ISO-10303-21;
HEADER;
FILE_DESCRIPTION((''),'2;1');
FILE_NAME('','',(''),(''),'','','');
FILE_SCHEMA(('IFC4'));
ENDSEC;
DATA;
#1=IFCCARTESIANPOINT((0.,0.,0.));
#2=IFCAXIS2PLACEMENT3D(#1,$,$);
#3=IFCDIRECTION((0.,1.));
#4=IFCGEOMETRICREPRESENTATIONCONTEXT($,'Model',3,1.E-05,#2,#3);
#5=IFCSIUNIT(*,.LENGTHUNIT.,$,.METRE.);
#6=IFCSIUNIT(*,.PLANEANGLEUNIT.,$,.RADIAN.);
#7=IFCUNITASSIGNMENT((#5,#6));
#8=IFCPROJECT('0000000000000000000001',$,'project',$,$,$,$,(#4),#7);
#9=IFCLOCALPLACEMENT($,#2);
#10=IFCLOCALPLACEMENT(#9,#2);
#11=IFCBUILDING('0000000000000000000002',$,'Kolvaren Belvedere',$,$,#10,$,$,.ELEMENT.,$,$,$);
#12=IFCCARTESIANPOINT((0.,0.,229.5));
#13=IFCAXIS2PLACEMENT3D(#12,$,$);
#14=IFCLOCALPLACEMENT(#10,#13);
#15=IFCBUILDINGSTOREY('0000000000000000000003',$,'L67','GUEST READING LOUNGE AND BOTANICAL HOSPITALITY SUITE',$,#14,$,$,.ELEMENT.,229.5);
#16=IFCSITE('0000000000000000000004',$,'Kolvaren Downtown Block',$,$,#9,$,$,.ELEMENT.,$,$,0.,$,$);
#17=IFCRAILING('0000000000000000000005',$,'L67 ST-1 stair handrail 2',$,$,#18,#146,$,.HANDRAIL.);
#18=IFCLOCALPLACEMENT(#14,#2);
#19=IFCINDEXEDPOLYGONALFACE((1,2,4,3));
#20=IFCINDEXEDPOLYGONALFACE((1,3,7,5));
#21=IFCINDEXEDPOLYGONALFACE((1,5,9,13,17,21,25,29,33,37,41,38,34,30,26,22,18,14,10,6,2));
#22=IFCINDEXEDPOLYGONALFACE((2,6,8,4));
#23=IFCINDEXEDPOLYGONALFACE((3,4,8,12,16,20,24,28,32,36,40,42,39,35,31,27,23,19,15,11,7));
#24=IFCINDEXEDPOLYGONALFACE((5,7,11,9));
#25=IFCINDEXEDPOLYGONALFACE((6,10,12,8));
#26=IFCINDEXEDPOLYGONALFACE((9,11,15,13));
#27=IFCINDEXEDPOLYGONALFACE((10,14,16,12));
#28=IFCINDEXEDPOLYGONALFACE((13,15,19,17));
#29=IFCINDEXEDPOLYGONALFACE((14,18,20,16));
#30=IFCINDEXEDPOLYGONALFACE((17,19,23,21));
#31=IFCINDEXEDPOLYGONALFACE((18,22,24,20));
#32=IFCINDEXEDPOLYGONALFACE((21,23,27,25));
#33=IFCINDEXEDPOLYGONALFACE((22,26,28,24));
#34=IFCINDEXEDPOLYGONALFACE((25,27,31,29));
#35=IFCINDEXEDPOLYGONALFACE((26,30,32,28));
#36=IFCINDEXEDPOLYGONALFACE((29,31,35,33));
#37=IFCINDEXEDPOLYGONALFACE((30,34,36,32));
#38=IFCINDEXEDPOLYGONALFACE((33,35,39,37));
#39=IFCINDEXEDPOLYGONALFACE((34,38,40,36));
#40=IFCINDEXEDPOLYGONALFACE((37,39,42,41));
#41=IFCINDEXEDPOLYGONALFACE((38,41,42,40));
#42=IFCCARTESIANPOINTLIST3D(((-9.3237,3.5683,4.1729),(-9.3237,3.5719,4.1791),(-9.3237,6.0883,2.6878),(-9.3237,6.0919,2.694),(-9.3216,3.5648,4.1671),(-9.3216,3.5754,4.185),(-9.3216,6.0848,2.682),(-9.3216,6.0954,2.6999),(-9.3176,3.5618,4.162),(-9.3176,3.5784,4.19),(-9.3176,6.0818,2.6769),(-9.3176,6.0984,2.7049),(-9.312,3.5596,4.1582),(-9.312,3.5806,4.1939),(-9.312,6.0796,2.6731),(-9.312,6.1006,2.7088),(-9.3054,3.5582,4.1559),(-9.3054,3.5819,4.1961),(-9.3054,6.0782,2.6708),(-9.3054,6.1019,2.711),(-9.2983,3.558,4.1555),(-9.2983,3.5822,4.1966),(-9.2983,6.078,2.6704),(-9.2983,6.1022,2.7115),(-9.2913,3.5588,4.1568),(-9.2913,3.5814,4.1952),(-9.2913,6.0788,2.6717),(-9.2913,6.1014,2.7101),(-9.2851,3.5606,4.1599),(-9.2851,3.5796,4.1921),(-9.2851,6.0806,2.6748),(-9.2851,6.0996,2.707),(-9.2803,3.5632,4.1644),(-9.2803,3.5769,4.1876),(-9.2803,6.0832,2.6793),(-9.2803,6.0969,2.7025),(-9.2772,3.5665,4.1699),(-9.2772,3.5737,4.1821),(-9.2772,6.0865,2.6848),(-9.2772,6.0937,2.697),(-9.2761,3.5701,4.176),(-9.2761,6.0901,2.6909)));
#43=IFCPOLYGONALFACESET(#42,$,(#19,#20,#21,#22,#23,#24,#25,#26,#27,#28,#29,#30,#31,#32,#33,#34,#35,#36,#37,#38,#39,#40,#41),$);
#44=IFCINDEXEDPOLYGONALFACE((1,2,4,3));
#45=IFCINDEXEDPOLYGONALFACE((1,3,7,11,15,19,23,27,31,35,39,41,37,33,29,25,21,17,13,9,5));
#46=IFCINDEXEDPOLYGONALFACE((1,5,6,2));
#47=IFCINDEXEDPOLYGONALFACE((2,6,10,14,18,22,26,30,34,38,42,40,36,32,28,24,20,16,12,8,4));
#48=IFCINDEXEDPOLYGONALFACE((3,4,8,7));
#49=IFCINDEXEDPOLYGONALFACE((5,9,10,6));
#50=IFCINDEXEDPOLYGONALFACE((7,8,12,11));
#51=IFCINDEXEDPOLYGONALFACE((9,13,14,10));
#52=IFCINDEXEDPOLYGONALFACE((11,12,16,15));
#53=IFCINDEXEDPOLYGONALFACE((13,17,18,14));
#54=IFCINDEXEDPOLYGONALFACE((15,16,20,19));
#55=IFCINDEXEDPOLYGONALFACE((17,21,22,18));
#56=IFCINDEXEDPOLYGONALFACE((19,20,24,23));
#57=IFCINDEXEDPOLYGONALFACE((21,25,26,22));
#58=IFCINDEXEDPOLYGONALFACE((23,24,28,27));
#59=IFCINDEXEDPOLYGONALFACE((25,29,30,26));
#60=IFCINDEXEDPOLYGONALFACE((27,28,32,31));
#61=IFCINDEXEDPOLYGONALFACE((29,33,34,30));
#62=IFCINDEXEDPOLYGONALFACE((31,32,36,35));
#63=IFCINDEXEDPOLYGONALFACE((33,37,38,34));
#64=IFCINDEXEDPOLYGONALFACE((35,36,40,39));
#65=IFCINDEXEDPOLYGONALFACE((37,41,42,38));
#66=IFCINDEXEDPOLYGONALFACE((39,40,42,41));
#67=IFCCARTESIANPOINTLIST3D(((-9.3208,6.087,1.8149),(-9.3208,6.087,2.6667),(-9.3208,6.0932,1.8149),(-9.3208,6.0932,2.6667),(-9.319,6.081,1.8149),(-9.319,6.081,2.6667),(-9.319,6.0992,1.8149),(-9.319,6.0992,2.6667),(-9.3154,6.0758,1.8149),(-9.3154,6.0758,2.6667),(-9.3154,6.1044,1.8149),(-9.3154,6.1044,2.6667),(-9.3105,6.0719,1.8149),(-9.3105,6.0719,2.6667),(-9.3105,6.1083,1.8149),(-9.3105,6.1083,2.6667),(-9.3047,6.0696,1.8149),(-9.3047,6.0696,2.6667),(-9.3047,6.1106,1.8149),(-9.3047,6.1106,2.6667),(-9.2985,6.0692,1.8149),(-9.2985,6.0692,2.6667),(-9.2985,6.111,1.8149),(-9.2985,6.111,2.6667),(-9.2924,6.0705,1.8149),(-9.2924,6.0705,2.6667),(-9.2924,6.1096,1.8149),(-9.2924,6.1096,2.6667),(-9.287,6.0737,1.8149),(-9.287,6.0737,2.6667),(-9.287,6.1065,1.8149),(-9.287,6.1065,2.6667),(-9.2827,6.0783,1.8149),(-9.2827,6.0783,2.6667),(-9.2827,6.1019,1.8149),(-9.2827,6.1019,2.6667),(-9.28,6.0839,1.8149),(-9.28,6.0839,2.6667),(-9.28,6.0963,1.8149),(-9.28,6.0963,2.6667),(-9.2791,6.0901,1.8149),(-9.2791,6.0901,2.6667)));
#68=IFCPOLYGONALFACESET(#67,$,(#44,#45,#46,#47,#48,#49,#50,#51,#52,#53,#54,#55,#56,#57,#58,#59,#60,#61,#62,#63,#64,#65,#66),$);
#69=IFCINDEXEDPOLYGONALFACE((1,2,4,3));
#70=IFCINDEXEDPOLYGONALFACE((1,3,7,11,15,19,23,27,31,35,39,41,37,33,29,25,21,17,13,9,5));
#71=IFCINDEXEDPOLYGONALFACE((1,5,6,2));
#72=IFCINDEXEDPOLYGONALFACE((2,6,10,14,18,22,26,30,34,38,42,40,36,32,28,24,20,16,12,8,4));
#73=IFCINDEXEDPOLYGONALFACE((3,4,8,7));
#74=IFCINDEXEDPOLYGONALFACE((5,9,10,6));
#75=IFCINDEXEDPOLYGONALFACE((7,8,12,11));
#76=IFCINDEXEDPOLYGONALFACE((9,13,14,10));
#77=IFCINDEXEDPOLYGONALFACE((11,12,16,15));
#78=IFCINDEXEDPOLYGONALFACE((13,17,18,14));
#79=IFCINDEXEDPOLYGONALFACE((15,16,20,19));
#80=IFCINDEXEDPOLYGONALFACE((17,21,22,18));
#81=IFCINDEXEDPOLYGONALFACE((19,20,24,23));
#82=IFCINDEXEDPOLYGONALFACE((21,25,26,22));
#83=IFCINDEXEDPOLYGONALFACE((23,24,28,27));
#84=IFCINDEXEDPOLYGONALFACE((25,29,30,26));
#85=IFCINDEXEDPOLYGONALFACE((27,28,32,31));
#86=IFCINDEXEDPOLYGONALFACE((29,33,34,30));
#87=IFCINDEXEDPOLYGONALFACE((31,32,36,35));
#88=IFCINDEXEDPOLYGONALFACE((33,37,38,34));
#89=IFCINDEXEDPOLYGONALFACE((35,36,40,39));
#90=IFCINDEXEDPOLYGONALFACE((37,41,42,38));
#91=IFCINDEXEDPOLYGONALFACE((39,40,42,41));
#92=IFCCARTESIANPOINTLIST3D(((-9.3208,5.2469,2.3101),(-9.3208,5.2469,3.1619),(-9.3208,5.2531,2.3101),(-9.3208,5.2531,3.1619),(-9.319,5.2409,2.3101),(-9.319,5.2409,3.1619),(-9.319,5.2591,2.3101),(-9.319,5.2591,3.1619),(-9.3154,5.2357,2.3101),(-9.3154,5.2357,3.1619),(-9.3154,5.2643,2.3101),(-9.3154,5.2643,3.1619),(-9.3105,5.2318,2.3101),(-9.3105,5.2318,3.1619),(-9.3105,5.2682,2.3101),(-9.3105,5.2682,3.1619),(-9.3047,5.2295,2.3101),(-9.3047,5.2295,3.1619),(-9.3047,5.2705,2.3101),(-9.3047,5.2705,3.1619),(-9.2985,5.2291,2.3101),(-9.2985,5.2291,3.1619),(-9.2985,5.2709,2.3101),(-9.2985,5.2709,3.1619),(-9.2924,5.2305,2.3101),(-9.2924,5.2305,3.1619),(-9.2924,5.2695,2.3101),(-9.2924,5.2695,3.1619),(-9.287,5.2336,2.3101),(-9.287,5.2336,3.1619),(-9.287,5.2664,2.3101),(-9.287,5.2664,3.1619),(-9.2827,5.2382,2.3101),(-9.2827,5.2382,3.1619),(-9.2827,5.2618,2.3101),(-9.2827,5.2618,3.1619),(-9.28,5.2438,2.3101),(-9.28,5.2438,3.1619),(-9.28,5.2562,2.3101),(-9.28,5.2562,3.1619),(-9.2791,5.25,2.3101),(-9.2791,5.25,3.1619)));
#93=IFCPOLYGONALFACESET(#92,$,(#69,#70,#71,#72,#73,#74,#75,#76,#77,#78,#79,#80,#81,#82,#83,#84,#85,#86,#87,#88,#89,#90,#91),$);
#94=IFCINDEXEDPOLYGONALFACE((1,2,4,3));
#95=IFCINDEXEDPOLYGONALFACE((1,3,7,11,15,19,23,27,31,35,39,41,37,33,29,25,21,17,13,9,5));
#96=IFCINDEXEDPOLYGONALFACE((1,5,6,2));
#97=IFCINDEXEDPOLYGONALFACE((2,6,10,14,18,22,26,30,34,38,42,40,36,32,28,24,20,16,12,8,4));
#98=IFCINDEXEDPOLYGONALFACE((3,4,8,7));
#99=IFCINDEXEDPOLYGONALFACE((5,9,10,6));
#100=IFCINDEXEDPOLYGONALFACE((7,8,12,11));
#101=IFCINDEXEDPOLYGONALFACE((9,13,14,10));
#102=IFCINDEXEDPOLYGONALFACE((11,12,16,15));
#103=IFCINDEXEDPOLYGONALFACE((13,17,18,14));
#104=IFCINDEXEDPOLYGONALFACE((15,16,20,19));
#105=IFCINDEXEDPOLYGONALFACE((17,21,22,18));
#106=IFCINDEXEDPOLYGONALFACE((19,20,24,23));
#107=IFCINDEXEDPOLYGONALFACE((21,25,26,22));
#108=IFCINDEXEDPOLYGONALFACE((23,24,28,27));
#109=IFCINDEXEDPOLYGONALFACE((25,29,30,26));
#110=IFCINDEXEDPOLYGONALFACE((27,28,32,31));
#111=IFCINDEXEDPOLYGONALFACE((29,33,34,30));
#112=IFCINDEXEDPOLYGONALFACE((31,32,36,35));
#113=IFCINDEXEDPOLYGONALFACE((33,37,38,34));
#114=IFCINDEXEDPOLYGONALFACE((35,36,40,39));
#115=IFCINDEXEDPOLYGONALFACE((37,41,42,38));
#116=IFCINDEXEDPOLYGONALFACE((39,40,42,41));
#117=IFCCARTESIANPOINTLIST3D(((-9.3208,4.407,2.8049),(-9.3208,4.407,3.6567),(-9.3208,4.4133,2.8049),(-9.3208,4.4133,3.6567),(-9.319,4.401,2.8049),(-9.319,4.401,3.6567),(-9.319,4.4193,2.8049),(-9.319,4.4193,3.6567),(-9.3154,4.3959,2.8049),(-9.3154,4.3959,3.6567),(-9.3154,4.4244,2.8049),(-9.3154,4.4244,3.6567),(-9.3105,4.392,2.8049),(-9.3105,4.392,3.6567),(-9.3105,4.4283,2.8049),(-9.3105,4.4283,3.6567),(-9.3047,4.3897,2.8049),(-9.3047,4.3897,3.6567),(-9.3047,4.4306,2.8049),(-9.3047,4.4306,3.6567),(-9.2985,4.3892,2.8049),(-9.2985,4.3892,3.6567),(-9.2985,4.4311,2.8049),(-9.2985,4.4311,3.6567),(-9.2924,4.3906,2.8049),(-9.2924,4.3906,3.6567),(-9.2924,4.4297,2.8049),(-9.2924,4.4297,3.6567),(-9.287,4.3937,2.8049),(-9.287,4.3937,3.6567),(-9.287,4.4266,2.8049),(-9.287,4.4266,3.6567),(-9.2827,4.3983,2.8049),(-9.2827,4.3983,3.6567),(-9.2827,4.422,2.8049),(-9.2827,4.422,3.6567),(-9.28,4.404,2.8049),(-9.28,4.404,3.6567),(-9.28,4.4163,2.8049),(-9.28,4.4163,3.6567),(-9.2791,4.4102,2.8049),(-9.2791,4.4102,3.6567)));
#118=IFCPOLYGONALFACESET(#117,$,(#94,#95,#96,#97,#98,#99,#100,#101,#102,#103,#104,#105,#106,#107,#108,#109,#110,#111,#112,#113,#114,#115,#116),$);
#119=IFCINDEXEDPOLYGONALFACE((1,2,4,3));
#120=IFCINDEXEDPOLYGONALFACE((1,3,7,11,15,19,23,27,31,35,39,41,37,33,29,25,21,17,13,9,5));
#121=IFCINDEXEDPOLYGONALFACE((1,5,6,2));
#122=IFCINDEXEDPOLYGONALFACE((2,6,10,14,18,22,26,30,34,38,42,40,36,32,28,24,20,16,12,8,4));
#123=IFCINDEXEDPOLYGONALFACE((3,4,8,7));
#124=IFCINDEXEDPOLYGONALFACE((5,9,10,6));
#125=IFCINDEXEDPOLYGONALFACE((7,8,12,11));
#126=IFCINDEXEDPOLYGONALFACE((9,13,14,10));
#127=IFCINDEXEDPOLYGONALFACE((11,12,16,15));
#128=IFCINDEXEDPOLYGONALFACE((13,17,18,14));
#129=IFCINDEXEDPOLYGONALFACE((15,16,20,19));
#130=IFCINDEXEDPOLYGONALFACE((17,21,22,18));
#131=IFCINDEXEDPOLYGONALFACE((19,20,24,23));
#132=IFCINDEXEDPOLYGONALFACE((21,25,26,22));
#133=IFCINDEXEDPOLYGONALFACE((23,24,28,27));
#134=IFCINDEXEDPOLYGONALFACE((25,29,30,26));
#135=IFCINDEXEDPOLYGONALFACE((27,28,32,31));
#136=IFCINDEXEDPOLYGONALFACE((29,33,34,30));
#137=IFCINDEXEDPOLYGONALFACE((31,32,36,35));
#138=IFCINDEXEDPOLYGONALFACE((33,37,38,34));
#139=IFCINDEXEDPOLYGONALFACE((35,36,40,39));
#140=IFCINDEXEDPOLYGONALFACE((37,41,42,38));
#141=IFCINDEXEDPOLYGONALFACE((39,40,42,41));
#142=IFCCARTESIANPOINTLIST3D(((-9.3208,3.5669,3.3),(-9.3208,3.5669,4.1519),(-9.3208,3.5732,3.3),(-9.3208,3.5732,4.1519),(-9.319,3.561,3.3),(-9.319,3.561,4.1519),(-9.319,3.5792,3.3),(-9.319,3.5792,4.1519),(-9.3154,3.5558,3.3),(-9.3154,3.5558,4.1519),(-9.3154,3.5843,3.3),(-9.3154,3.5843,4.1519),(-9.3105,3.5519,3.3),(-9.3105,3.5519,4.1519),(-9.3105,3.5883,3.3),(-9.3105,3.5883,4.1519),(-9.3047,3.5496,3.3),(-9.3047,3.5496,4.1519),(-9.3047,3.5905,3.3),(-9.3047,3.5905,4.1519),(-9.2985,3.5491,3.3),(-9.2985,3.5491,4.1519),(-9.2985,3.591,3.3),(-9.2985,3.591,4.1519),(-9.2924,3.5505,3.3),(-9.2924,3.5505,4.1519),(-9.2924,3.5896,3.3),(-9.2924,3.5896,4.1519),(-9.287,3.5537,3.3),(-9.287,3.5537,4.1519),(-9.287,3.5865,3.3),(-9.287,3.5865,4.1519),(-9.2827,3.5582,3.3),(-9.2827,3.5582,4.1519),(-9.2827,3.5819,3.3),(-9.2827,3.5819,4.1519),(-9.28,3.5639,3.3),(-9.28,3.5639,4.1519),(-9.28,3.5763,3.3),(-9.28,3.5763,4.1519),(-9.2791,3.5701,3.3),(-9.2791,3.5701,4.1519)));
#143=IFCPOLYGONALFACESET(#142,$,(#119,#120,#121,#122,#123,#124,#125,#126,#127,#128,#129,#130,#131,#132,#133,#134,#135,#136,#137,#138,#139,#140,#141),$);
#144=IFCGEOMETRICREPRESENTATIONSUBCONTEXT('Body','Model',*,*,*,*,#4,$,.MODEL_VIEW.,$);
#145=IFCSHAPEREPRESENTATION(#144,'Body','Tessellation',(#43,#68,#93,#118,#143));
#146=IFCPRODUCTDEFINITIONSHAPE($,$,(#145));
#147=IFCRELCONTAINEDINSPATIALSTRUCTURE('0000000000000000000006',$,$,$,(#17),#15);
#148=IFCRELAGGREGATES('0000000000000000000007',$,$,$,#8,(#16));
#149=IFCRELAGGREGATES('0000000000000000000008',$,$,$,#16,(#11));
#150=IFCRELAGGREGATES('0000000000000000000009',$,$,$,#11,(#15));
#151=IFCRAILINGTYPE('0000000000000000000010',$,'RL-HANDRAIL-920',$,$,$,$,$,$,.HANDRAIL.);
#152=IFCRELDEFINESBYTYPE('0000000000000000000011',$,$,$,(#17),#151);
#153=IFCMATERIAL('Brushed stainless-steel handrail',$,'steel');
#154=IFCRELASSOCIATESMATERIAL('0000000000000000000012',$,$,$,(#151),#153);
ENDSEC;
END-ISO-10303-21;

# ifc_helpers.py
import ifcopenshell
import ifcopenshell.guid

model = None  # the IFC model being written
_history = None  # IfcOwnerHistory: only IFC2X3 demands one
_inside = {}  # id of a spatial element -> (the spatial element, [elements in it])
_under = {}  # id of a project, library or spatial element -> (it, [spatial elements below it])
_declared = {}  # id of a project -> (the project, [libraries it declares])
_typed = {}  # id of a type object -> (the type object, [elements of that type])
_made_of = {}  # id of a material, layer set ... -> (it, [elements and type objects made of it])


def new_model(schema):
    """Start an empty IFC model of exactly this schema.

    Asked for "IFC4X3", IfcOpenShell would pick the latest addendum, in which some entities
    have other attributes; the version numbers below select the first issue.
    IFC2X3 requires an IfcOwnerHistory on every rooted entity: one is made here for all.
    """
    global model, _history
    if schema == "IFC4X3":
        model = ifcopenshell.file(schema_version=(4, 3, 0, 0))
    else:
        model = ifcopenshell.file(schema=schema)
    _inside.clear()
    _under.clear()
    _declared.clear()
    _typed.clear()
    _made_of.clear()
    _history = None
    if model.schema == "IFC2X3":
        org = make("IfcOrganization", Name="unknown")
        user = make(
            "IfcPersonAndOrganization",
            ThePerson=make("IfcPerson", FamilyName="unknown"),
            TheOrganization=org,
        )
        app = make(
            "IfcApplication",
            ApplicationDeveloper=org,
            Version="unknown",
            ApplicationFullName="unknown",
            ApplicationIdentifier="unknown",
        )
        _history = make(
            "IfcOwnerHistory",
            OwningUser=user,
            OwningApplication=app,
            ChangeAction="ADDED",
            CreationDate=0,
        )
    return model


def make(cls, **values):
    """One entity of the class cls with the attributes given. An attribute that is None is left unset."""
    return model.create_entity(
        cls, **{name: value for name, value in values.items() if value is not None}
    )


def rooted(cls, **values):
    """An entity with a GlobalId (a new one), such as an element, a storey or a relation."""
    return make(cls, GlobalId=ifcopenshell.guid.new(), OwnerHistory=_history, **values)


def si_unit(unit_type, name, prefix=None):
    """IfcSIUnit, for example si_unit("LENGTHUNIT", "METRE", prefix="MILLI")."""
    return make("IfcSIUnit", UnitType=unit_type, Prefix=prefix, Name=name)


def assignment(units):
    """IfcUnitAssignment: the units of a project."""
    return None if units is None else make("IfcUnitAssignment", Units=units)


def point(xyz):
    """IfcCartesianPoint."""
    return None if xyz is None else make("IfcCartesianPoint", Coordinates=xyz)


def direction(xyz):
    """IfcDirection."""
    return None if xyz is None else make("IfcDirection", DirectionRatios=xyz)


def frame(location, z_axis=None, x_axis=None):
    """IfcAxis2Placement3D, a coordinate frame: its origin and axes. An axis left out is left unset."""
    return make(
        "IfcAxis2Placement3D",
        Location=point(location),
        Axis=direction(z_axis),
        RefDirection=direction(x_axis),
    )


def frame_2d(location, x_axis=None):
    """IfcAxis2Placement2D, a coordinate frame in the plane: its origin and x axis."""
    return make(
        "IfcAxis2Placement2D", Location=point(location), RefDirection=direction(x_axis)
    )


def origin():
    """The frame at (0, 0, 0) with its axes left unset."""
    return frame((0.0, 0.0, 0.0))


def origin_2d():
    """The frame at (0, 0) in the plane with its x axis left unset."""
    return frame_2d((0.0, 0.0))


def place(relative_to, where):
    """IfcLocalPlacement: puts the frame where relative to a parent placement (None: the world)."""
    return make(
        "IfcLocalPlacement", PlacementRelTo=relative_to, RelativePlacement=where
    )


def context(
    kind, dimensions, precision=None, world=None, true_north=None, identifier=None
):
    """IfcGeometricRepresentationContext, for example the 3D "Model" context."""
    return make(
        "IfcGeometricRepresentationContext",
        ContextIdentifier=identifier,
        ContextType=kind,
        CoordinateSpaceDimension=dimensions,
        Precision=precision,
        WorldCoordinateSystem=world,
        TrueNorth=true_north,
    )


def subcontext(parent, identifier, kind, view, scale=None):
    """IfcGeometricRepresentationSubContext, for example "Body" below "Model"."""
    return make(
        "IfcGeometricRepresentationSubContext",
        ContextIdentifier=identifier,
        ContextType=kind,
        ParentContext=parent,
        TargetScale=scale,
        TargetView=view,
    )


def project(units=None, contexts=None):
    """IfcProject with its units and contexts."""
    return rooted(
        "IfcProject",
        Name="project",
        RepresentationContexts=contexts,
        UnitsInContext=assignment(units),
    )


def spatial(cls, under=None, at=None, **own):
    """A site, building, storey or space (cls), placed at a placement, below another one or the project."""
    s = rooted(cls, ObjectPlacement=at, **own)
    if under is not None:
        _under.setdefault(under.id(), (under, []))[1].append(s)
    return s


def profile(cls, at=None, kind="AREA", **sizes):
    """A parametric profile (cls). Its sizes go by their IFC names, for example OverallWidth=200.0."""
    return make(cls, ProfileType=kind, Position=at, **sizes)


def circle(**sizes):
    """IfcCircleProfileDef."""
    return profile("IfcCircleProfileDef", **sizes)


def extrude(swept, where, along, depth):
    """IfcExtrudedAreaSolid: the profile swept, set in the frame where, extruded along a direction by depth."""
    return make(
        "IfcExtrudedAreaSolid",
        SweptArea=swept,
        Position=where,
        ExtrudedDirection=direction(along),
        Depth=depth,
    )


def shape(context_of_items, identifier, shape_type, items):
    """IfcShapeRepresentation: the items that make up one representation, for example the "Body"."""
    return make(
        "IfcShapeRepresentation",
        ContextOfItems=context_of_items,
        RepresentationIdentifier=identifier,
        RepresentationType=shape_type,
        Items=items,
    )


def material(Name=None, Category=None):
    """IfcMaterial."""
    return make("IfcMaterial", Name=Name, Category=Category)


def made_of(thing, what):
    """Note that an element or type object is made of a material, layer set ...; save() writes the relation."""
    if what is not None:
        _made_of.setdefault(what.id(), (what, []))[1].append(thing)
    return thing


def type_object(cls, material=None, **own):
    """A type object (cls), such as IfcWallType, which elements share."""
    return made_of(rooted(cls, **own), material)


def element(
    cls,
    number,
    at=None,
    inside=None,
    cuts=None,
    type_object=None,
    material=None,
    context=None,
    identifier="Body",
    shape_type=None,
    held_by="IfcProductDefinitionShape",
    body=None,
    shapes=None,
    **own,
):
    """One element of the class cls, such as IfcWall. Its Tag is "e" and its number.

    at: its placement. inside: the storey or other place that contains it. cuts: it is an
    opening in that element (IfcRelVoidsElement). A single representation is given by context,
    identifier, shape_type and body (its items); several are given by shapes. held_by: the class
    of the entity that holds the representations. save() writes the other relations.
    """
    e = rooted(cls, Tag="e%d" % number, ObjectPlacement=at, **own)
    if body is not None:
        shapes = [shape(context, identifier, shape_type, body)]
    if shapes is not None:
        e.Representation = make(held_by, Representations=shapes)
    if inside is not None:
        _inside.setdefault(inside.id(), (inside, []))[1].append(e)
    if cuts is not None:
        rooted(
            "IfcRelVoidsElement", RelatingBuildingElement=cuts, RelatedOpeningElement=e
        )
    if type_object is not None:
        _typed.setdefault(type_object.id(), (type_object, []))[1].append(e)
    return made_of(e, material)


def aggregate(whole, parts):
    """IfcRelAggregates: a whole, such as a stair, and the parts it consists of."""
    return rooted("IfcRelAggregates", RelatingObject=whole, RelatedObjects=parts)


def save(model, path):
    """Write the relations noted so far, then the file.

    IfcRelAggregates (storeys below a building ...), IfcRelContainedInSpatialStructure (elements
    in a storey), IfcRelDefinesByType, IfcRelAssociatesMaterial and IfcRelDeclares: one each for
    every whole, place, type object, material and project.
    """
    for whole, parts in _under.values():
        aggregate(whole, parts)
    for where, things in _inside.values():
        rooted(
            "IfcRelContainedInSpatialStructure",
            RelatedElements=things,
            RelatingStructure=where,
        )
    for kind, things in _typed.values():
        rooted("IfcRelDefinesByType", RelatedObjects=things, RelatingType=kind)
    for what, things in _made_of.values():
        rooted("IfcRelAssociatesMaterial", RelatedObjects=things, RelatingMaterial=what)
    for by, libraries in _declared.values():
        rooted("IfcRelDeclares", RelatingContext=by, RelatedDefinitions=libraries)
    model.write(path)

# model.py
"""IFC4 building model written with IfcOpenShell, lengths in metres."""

from ifc_helpers import new_model, si_unit, direction, frame, origin, origin_2d, place, context, subcontext, project, spatial, circle, extrude, material, type_object, element, save


model = new_model("IFC4")

# Units and contexts
model_context = context("Model", 3, precision=1e-05, world=origin(), true_north=direction((0.0, 1.0)))
body_context = subcontext(model_context, "Body", "Model", "MODEL_VIEW")
ifc_project = project(units=[si_unit("LENGTHUNIT", "METRE"), si_unit("PLANEANGLEUNIT", "RADIAN")], contexts=[model_context])

# Site, building, storey
site_placement = place(None, origin())
site = spatial("IfcSite", under=ifc_project, at=site_placement, Name="Kolvaren Downtown Block", CompositionType="ELEMENT", RefElevation=0.0)
building_placement = place(site_placement, origin())
building = spatial("IfcBuilding", under=site, at=building_placement, Name="Kolvaren Belvedere", CompositionType="ELEMENT")
storey_placement = place(building_placement, frame((0.0, 0.0, 229.5)))
storey = spatial("IfcBuildingStorey", under=building, at=storey_placement, Name="L67", Description="GUEST READING LOUNGE AND BOTANICAL HOSPITALITY SUITE", CompositionType="ELEMENT", Elevation=229.5)

# Railing
ifc_material_1 = material(Name="Brushed stainless-steel handrail", Category="steel")
railing_type_1 = type_object("IfcRailingType", Name="RL-HANDRAIL-920", PredefinedType="HANDRAIL", material=ifc_material_1)
railing_1_placement = place(storey_placement, frame((-9.3, 6.0901, 1.8149)))
element("IfcRailing", 1, at=railing_1_placement, inside=storey, type_object=railing_type_1, Name="L67 ST-1 stair handrail 2", PredefinedType="HANDRAIL", context=body_context, shape_type="SweptSolid", body=[
    extrude(circle(Radius=0.0239, at=origin_2d()), frame((0.0, 0.0, 0.876), z_axis=(0.0, -0.861524, 0.507717), x_axis=(1.0, 0.0, 0.0)), (0.0, 0.0, 1.0), 2.925),
    extrude(circle(Radius=0.021, at=origin_2d()), origin(), (0.0, 0.0, 1.0), 0.8518),
    extrude(circle(Radius=0.021, at=origin_2d()), frame((0.0, -0.8401, 0.4951)), (0.0, 0.0, 1.0), 0.8518),
    extrude(circle(Radius=0.021, at=origin_2d()), frame((0.0, -1.6799, 0.99)), (0.0, 0.0, 1.0), 0.8518),
    extrude(circle(Radius=0.021, at=origin_2d()), frame((0.0, -2.52, 1.4851)), (0.0, 0.0, 1.0), 0.8518),
])

save(model, "model.ifc")
